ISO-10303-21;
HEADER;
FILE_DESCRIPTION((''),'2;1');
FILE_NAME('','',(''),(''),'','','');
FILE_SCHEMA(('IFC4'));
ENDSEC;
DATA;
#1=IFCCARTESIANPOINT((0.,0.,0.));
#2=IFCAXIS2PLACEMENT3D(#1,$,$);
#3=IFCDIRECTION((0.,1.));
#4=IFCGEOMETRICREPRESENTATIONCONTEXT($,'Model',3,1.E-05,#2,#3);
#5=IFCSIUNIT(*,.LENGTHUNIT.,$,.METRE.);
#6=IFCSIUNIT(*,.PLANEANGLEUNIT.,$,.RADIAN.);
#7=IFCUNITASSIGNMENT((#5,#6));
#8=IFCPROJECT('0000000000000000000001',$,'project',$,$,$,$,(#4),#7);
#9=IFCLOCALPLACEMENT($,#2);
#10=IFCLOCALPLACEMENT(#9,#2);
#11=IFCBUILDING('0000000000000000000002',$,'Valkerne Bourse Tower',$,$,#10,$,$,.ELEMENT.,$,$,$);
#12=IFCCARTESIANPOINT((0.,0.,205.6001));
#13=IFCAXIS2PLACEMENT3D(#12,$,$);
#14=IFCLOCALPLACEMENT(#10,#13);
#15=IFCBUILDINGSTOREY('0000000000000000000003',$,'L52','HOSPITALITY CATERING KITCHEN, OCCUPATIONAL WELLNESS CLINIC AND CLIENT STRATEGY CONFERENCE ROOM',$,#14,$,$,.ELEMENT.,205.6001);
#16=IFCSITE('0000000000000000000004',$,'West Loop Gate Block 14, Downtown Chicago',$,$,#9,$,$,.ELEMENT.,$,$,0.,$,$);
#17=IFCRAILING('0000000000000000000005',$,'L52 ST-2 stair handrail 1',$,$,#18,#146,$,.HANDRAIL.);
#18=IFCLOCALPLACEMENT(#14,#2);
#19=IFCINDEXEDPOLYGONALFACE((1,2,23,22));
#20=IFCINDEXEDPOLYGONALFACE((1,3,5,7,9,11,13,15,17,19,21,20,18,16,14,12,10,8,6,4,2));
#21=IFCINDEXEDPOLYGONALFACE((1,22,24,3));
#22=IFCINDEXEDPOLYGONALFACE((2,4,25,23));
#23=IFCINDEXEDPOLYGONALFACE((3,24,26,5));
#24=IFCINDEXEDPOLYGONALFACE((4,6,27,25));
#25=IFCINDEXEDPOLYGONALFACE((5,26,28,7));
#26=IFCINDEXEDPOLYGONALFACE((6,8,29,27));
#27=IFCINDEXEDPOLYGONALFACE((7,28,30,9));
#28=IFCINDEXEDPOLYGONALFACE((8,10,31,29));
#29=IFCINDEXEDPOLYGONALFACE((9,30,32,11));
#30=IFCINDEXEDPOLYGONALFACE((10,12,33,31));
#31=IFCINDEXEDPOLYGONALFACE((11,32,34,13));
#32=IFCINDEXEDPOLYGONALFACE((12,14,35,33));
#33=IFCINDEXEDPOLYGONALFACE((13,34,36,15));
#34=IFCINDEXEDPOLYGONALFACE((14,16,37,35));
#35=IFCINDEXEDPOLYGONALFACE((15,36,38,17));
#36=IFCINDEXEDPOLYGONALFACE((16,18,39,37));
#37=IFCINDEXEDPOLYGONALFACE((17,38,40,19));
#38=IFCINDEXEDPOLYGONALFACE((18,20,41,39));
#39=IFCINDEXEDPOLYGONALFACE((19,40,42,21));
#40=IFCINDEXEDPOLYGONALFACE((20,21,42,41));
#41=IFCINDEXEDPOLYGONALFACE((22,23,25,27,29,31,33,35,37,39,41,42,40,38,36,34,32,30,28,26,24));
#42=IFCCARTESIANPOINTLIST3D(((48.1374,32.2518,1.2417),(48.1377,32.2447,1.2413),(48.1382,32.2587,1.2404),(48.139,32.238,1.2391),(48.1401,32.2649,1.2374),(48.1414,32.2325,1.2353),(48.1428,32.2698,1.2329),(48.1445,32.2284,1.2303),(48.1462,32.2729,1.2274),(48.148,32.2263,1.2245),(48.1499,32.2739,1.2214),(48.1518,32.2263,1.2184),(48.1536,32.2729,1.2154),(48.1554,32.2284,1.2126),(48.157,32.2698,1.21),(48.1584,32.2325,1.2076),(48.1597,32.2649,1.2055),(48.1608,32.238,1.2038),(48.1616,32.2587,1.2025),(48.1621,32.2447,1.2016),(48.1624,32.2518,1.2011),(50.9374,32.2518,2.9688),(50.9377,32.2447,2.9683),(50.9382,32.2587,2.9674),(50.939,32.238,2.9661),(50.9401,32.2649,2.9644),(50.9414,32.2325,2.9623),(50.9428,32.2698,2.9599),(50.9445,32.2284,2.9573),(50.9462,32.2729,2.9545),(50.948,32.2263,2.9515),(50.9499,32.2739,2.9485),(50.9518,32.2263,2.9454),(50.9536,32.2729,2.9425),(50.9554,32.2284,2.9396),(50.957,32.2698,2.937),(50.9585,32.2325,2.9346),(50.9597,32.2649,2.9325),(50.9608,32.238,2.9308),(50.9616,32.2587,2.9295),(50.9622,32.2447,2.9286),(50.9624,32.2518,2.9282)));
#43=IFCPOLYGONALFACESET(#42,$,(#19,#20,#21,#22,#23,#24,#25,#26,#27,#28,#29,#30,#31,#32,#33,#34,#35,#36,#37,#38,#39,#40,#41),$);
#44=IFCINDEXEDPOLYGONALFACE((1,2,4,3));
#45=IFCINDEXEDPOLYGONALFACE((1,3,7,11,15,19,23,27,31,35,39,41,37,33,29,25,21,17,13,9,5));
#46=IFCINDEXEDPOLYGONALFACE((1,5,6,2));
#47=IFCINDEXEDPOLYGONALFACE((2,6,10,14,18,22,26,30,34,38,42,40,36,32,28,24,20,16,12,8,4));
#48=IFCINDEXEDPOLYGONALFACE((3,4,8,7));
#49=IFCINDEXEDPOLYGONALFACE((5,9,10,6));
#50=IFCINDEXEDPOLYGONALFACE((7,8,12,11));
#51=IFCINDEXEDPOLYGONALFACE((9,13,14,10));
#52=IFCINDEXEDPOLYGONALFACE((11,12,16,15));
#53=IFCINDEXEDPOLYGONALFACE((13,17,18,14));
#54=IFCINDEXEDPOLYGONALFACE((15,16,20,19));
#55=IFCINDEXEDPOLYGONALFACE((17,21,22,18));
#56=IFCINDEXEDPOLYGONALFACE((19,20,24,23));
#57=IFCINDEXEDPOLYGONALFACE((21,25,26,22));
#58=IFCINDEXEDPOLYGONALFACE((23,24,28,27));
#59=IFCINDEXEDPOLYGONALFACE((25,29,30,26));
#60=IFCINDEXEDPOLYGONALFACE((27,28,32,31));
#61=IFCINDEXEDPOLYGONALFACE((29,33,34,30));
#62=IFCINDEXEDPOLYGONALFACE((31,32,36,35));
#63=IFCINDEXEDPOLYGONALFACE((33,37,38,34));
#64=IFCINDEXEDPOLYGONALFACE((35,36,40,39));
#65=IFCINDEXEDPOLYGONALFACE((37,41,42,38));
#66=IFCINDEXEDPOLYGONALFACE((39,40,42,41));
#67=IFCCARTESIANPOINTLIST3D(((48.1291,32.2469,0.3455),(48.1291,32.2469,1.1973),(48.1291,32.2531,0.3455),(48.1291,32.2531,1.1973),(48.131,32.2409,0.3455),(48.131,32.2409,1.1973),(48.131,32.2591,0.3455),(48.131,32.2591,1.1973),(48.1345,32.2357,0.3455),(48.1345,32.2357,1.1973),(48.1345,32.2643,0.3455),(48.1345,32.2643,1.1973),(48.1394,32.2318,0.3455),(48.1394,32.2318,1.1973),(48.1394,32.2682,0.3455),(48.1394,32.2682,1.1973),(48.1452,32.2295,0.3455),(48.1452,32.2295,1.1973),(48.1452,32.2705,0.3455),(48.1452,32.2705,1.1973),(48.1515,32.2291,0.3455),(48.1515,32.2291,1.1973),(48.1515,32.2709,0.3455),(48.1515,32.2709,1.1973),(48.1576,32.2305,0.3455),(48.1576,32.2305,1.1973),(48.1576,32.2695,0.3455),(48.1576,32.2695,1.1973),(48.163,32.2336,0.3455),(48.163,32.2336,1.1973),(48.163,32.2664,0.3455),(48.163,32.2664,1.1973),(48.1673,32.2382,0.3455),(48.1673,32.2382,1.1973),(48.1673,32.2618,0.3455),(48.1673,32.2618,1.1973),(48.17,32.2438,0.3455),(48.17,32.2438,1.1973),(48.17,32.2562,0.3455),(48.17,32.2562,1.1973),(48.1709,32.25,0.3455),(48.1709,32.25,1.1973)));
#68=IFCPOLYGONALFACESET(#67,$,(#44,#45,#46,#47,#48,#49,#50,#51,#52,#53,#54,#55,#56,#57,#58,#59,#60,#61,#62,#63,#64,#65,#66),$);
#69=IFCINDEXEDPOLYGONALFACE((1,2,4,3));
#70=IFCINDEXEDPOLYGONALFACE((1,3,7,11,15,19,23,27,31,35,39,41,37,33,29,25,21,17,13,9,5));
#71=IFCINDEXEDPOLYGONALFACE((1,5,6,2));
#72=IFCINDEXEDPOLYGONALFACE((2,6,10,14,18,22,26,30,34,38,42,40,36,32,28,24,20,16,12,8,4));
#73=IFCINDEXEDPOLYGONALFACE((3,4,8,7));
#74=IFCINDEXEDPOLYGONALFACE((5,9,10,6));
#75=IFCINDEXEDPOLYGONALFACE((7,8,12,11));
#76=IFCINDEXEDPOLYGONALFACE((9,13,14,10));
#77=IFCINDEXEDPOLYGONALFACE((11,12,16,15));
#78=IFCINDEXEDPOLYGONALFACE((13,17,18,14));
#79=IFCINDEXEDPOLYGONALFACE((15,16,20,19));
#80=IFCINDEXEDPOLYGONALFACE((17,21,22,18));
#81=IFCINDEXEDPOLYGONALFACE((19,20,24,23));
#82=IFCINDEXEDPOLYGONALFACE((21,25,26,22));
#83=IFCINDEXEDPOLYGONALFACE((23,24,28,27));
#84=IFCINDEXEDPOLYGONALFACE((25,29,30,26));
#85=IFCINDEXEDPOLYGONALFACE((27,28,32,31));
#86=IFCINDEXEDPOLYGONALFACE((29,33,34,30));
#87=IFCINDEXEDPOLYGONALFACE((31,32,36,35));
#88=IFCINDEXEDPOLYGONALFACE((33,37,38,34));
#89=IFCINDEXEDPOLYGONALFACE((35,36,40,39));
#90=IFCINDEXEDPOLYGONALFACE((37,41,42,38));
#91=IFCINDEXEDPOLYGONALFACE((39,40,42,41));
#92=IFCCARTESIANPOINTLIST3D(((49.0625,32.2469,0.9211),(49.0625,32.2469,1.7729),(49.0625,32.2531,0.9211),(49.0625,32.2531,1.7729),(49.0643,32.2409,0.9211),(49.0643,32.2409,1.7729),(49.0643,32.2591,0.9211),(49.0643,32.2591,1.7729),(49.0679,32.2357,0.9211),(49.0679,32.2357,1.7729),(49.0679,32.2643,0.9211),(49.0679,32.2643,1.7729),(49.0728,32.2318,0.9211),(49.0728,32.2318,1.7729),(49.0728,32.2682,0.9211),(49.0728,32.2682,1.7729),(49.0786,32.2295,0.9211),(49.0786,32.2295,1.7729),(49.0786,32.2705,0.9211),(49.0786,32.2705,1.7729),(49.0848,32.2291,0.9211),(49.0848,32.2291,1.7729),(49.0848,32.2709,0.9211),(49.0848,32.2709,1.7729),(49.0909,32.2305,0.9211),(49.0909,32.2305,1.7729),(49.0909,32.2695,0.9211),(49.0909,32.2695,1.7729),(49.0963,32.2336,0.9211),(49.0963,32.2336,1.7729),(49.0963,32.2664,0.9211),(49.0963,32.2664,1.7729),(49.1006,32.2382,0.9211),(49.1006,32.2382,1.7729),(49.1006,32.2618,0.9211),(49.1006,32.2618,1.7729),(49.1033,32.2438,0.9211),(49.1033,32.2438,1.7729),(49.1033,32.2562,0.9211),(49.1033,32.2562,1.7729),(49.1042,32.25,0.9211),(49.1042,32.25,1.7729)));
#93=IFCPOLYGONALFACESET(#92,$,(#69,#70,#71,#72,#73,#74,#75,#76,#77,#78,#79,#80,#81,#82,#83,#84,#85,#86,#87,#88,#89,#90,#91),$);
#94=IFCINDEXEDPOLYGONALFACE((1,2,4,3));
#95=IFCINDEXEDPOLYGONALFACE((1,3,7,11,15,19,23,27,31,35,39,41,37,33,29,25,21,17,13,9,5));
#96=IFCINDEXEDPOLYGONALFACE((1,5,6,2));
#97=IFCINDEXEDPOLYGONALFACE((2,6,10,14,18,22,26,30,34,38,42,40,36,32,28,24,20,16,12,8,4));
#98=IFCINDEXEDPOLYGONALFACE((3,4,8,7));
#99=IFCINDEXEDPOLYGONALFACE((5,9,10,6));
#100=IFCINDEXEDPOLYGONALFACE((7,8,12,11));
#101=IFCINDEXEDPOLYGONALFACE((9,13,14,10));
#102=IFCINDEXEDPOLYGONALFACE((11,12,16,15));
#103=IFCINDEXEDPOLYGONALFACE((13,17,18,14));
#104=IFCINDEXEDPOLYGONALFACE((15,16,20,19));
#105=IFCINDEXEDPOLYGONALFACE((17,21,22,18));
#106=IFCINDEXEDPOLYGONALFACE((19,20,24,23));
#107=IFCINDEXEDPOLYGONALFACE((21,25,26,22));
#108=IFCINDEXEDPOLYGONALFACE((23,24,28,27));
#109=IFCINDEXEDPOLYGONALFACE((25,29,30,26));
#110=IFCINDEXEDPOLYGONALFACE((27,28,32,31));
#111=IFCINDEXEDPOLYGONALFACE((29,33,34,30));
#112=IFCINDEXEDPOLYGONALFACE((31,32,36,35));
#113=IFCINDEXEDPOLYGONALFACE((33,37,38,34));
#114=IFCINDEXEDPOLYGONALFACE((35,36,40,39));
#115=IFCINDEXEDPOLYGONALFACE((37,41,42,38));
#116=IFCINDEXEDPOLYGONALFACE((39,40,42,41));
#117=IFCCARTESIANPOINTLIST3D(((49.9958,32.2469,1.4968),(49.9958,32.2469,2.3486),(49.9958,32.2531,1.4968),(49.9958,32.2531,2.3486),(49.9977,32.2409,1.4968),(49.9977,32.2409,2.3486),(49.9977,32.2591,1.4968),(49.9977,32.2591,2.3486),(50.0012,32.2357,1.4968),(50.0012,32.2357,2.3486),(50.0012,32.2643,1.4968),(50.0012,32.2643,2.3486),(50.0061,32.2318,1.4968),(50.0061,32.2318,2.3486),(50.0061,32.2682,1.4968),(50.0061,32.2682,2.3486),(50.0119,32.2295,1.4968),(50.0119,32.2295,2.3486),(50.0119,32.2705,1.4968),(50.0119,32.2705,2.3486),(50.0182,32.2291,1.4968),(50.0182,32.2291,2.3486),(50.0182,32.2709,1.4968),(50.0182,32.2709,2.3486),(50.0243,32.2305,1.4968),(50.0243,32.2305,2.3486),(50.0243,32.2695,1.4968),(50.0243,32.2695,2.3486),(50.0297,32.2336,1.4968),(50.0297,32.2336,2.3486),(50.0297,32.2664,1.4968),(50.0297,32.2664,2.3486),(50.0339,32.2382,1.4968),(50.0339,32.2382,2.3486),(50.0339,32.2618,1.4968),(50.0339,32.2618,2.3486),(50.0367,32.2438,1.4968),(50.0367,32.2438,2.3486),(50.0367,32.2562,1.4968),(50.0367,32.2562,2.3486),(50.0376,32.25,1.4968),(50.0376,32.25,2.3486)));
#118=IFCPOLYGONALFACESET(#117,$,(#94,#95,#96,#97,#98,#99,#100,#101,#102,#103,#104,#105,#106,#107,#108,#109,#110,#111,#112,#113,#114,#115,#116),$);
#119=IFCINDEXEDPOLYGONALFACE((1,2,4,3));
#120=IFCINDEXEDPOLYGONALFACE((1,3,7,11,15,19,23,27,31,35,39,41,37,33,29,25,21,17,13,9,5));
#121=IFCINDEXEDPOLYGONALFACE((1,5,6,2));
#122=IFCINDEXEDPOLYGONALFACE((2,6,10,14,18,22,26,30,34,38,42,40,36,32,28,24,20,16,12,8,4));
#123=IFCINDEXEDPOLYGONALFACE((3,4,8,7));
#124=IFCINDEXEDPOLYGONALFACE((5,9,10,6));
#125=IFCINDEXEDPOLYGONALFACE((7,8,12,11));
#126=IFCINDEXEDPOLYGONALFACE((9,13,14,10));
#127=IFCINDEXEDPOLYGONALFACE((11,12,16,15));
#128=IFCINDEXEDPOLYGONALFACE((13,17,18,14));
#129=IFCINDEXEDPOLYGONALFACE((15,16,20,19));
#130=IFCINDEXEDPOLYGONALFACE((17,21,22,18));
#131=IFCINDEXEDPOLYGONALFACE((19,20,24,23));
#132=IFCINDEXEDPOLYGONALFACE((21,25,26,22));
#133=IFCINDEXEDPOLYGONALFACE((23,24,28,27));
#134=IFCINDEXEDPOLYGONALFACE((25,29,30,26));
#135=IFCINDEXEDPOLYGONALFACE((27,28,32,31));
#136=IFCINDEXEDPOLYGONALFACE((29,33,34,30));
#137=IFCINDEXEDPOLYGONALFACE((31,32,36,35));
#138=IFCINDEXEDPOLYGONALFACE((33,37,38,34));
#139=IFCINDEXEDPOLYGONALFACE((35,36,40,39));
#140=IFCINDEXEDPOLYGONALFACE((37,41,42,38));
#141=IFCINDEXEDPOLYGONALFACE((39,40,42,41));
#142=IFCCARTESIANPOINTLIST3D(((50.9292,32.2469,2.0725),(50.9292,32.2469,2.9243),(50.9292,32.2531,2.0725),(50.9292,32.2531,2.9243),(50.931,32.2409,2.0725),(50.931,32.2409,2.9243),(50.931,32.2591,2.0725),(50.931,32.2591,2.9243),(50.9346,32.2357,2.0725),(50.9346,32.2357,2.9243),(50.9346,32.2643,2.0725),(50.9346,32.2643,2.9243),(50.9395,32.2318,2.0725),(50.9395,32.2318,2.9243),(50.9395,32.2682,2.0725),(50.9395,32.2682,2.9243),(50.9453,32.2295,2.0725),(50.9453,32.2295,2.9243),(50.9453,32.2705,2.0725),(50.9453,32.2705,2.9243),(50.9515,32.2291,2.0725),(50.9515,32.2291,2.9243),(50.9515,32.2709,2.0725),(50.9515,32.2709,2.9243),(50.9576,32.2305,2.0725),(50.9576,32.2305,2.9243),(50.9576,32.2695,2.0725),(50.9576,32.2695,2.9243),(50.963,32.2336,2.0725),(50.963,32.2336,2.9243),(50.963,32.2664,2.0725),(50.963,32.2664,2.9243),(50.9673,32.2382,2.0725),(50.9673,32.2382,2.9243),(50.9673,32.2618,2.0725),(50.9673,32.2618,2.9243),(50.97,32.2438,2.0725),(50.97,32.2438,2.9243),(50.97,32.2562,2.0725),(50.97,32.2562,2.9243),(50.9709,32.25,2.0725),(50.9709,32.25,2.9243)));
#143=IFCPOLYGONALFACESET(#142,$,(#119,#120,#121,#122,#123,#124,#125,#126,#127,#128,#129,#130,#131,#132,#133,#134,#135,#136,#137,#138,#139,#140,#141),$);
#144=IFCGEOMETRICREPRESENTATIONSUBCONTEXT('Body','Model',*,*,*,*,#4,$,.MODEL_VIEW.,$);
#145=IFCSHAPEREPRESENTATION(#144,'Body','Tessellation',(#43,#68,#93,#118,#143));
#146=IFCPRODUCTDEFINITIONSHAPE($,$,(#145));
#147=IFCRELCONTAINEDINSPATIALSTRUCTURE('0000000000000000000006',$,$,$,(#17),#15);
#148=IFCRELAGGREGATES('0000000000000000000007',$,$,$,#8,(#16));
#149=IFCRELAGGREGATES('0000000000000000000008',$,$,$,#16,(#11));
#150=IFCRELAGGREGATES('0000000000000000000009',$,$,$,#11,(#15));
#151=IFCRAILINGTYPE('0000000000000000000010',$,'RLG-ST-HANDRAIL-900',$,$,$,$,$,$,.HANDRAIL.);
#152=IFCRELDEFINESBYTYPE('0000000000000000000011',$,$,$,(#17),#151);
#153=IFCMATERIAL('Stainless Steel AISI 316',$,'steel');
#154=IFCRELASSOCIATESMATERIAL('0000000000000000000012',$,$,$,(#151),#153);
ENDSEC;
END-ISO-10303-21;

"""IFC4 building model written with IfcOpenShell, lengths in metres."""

from ifc_helpers import new_model, si_unit, direction, frame, origin, origin_2d, place, context, subcontext, project, spatial, circle, extrude, material, type_object, element, save


model = new_model("IFC4")

# Units and contexts
model_context = context("Model", 3, precision=1e-05, world=origin(), true_north=direction((0.0, 1.0)))
body_context = subcontext(model_context, "Body", "Model", "MODEL_VIEW")
ifc_project = project(units=[si_unit("LENGTHUNIT", "METRE"), si_unit("PLANEANGLEUNIT", "RADIAN")], contexts=[model_context])

# Site, building, storey
site_placement = place(None, origin())
site = spatial("IfcSite", under=ifc_project, at=site_placement, Name="West Loop Gate Block 14, Downtown Chicago", CompositionType="ELEMENT", RefElevation=0.0)
building_placement = place(site_placement, origin())
building = spatial("IfcBuilding", under=site, at=building_placement, Name="Valkerne Bourse Tower", CompositionType="ELEMENT")
storey_placement = place(building_placement, frame((0.0, 0.0, 205.6001)))
storey = spatial("IfcBuildingStorey", under=building, at=storey_placement, Name="L52", Description="HOSPITALITY CATERING KITCHEN, OCCUPATIONAL WELLNESS CLINIC AND CLIENT STRATEGY CONFERENCE ROOM", CompositionType="ELEMENT", Elevation=205.6001)

# Shared definitions
ifc_material_1 = material(Name="Stainless Steel AISI 316", Category="steel")

# Railing
railing_type_1 = type_object("IfcRailingType", Name="RLG-ST-HANDRAIL-900", PredefinedType="HANDRAIL", material=ifc_material_1)
railing_1_placement = place(storey_placement, frame((48.1499, 32.25, 0.3455)))
element("IfcRailing", 1, at=railing_1_placement, inside=storey, type_object=railing_type_1, Name="L52 ST-2 stair handrail 1", PredefinedType="HANDRAIL", context=body_context, shape_type="SweptSolid", body=[
    extrude(circle(Radius=0.0239, at=origin_2d()), frame((0.0, 0.0, 0.876), z_axis=(0.851123, 0.0, 0.524967), x_axis=(0.0, 1.0, 0.0)), (0.0, 0.0, 1.0), 3.2898),
    extrude(circle(Radius=0.021, at=origin_2d()), origin(), (0.0, 0.0, 1.0), 0.8518),
    extrude(circle(Radius=0.021, at=origin_2d()), frame((0.9333, 0.0, 0.5757)), (0.0, 0.0, 1.0), 0.8518),
    extrude(circle(Radius=0.021, at=origin_2d()), frame((1.8667, 0.0, 1.1514)), (0.0, 0.0, 1.0), 0.8518),
    extrude(circle(Radius=0.021, at=origin_2d()), frame((2.8, 0.0, 1.7271)), (0.0, 0.0, 1.0), 0.8518),
])

save(model, "model.ifc")
